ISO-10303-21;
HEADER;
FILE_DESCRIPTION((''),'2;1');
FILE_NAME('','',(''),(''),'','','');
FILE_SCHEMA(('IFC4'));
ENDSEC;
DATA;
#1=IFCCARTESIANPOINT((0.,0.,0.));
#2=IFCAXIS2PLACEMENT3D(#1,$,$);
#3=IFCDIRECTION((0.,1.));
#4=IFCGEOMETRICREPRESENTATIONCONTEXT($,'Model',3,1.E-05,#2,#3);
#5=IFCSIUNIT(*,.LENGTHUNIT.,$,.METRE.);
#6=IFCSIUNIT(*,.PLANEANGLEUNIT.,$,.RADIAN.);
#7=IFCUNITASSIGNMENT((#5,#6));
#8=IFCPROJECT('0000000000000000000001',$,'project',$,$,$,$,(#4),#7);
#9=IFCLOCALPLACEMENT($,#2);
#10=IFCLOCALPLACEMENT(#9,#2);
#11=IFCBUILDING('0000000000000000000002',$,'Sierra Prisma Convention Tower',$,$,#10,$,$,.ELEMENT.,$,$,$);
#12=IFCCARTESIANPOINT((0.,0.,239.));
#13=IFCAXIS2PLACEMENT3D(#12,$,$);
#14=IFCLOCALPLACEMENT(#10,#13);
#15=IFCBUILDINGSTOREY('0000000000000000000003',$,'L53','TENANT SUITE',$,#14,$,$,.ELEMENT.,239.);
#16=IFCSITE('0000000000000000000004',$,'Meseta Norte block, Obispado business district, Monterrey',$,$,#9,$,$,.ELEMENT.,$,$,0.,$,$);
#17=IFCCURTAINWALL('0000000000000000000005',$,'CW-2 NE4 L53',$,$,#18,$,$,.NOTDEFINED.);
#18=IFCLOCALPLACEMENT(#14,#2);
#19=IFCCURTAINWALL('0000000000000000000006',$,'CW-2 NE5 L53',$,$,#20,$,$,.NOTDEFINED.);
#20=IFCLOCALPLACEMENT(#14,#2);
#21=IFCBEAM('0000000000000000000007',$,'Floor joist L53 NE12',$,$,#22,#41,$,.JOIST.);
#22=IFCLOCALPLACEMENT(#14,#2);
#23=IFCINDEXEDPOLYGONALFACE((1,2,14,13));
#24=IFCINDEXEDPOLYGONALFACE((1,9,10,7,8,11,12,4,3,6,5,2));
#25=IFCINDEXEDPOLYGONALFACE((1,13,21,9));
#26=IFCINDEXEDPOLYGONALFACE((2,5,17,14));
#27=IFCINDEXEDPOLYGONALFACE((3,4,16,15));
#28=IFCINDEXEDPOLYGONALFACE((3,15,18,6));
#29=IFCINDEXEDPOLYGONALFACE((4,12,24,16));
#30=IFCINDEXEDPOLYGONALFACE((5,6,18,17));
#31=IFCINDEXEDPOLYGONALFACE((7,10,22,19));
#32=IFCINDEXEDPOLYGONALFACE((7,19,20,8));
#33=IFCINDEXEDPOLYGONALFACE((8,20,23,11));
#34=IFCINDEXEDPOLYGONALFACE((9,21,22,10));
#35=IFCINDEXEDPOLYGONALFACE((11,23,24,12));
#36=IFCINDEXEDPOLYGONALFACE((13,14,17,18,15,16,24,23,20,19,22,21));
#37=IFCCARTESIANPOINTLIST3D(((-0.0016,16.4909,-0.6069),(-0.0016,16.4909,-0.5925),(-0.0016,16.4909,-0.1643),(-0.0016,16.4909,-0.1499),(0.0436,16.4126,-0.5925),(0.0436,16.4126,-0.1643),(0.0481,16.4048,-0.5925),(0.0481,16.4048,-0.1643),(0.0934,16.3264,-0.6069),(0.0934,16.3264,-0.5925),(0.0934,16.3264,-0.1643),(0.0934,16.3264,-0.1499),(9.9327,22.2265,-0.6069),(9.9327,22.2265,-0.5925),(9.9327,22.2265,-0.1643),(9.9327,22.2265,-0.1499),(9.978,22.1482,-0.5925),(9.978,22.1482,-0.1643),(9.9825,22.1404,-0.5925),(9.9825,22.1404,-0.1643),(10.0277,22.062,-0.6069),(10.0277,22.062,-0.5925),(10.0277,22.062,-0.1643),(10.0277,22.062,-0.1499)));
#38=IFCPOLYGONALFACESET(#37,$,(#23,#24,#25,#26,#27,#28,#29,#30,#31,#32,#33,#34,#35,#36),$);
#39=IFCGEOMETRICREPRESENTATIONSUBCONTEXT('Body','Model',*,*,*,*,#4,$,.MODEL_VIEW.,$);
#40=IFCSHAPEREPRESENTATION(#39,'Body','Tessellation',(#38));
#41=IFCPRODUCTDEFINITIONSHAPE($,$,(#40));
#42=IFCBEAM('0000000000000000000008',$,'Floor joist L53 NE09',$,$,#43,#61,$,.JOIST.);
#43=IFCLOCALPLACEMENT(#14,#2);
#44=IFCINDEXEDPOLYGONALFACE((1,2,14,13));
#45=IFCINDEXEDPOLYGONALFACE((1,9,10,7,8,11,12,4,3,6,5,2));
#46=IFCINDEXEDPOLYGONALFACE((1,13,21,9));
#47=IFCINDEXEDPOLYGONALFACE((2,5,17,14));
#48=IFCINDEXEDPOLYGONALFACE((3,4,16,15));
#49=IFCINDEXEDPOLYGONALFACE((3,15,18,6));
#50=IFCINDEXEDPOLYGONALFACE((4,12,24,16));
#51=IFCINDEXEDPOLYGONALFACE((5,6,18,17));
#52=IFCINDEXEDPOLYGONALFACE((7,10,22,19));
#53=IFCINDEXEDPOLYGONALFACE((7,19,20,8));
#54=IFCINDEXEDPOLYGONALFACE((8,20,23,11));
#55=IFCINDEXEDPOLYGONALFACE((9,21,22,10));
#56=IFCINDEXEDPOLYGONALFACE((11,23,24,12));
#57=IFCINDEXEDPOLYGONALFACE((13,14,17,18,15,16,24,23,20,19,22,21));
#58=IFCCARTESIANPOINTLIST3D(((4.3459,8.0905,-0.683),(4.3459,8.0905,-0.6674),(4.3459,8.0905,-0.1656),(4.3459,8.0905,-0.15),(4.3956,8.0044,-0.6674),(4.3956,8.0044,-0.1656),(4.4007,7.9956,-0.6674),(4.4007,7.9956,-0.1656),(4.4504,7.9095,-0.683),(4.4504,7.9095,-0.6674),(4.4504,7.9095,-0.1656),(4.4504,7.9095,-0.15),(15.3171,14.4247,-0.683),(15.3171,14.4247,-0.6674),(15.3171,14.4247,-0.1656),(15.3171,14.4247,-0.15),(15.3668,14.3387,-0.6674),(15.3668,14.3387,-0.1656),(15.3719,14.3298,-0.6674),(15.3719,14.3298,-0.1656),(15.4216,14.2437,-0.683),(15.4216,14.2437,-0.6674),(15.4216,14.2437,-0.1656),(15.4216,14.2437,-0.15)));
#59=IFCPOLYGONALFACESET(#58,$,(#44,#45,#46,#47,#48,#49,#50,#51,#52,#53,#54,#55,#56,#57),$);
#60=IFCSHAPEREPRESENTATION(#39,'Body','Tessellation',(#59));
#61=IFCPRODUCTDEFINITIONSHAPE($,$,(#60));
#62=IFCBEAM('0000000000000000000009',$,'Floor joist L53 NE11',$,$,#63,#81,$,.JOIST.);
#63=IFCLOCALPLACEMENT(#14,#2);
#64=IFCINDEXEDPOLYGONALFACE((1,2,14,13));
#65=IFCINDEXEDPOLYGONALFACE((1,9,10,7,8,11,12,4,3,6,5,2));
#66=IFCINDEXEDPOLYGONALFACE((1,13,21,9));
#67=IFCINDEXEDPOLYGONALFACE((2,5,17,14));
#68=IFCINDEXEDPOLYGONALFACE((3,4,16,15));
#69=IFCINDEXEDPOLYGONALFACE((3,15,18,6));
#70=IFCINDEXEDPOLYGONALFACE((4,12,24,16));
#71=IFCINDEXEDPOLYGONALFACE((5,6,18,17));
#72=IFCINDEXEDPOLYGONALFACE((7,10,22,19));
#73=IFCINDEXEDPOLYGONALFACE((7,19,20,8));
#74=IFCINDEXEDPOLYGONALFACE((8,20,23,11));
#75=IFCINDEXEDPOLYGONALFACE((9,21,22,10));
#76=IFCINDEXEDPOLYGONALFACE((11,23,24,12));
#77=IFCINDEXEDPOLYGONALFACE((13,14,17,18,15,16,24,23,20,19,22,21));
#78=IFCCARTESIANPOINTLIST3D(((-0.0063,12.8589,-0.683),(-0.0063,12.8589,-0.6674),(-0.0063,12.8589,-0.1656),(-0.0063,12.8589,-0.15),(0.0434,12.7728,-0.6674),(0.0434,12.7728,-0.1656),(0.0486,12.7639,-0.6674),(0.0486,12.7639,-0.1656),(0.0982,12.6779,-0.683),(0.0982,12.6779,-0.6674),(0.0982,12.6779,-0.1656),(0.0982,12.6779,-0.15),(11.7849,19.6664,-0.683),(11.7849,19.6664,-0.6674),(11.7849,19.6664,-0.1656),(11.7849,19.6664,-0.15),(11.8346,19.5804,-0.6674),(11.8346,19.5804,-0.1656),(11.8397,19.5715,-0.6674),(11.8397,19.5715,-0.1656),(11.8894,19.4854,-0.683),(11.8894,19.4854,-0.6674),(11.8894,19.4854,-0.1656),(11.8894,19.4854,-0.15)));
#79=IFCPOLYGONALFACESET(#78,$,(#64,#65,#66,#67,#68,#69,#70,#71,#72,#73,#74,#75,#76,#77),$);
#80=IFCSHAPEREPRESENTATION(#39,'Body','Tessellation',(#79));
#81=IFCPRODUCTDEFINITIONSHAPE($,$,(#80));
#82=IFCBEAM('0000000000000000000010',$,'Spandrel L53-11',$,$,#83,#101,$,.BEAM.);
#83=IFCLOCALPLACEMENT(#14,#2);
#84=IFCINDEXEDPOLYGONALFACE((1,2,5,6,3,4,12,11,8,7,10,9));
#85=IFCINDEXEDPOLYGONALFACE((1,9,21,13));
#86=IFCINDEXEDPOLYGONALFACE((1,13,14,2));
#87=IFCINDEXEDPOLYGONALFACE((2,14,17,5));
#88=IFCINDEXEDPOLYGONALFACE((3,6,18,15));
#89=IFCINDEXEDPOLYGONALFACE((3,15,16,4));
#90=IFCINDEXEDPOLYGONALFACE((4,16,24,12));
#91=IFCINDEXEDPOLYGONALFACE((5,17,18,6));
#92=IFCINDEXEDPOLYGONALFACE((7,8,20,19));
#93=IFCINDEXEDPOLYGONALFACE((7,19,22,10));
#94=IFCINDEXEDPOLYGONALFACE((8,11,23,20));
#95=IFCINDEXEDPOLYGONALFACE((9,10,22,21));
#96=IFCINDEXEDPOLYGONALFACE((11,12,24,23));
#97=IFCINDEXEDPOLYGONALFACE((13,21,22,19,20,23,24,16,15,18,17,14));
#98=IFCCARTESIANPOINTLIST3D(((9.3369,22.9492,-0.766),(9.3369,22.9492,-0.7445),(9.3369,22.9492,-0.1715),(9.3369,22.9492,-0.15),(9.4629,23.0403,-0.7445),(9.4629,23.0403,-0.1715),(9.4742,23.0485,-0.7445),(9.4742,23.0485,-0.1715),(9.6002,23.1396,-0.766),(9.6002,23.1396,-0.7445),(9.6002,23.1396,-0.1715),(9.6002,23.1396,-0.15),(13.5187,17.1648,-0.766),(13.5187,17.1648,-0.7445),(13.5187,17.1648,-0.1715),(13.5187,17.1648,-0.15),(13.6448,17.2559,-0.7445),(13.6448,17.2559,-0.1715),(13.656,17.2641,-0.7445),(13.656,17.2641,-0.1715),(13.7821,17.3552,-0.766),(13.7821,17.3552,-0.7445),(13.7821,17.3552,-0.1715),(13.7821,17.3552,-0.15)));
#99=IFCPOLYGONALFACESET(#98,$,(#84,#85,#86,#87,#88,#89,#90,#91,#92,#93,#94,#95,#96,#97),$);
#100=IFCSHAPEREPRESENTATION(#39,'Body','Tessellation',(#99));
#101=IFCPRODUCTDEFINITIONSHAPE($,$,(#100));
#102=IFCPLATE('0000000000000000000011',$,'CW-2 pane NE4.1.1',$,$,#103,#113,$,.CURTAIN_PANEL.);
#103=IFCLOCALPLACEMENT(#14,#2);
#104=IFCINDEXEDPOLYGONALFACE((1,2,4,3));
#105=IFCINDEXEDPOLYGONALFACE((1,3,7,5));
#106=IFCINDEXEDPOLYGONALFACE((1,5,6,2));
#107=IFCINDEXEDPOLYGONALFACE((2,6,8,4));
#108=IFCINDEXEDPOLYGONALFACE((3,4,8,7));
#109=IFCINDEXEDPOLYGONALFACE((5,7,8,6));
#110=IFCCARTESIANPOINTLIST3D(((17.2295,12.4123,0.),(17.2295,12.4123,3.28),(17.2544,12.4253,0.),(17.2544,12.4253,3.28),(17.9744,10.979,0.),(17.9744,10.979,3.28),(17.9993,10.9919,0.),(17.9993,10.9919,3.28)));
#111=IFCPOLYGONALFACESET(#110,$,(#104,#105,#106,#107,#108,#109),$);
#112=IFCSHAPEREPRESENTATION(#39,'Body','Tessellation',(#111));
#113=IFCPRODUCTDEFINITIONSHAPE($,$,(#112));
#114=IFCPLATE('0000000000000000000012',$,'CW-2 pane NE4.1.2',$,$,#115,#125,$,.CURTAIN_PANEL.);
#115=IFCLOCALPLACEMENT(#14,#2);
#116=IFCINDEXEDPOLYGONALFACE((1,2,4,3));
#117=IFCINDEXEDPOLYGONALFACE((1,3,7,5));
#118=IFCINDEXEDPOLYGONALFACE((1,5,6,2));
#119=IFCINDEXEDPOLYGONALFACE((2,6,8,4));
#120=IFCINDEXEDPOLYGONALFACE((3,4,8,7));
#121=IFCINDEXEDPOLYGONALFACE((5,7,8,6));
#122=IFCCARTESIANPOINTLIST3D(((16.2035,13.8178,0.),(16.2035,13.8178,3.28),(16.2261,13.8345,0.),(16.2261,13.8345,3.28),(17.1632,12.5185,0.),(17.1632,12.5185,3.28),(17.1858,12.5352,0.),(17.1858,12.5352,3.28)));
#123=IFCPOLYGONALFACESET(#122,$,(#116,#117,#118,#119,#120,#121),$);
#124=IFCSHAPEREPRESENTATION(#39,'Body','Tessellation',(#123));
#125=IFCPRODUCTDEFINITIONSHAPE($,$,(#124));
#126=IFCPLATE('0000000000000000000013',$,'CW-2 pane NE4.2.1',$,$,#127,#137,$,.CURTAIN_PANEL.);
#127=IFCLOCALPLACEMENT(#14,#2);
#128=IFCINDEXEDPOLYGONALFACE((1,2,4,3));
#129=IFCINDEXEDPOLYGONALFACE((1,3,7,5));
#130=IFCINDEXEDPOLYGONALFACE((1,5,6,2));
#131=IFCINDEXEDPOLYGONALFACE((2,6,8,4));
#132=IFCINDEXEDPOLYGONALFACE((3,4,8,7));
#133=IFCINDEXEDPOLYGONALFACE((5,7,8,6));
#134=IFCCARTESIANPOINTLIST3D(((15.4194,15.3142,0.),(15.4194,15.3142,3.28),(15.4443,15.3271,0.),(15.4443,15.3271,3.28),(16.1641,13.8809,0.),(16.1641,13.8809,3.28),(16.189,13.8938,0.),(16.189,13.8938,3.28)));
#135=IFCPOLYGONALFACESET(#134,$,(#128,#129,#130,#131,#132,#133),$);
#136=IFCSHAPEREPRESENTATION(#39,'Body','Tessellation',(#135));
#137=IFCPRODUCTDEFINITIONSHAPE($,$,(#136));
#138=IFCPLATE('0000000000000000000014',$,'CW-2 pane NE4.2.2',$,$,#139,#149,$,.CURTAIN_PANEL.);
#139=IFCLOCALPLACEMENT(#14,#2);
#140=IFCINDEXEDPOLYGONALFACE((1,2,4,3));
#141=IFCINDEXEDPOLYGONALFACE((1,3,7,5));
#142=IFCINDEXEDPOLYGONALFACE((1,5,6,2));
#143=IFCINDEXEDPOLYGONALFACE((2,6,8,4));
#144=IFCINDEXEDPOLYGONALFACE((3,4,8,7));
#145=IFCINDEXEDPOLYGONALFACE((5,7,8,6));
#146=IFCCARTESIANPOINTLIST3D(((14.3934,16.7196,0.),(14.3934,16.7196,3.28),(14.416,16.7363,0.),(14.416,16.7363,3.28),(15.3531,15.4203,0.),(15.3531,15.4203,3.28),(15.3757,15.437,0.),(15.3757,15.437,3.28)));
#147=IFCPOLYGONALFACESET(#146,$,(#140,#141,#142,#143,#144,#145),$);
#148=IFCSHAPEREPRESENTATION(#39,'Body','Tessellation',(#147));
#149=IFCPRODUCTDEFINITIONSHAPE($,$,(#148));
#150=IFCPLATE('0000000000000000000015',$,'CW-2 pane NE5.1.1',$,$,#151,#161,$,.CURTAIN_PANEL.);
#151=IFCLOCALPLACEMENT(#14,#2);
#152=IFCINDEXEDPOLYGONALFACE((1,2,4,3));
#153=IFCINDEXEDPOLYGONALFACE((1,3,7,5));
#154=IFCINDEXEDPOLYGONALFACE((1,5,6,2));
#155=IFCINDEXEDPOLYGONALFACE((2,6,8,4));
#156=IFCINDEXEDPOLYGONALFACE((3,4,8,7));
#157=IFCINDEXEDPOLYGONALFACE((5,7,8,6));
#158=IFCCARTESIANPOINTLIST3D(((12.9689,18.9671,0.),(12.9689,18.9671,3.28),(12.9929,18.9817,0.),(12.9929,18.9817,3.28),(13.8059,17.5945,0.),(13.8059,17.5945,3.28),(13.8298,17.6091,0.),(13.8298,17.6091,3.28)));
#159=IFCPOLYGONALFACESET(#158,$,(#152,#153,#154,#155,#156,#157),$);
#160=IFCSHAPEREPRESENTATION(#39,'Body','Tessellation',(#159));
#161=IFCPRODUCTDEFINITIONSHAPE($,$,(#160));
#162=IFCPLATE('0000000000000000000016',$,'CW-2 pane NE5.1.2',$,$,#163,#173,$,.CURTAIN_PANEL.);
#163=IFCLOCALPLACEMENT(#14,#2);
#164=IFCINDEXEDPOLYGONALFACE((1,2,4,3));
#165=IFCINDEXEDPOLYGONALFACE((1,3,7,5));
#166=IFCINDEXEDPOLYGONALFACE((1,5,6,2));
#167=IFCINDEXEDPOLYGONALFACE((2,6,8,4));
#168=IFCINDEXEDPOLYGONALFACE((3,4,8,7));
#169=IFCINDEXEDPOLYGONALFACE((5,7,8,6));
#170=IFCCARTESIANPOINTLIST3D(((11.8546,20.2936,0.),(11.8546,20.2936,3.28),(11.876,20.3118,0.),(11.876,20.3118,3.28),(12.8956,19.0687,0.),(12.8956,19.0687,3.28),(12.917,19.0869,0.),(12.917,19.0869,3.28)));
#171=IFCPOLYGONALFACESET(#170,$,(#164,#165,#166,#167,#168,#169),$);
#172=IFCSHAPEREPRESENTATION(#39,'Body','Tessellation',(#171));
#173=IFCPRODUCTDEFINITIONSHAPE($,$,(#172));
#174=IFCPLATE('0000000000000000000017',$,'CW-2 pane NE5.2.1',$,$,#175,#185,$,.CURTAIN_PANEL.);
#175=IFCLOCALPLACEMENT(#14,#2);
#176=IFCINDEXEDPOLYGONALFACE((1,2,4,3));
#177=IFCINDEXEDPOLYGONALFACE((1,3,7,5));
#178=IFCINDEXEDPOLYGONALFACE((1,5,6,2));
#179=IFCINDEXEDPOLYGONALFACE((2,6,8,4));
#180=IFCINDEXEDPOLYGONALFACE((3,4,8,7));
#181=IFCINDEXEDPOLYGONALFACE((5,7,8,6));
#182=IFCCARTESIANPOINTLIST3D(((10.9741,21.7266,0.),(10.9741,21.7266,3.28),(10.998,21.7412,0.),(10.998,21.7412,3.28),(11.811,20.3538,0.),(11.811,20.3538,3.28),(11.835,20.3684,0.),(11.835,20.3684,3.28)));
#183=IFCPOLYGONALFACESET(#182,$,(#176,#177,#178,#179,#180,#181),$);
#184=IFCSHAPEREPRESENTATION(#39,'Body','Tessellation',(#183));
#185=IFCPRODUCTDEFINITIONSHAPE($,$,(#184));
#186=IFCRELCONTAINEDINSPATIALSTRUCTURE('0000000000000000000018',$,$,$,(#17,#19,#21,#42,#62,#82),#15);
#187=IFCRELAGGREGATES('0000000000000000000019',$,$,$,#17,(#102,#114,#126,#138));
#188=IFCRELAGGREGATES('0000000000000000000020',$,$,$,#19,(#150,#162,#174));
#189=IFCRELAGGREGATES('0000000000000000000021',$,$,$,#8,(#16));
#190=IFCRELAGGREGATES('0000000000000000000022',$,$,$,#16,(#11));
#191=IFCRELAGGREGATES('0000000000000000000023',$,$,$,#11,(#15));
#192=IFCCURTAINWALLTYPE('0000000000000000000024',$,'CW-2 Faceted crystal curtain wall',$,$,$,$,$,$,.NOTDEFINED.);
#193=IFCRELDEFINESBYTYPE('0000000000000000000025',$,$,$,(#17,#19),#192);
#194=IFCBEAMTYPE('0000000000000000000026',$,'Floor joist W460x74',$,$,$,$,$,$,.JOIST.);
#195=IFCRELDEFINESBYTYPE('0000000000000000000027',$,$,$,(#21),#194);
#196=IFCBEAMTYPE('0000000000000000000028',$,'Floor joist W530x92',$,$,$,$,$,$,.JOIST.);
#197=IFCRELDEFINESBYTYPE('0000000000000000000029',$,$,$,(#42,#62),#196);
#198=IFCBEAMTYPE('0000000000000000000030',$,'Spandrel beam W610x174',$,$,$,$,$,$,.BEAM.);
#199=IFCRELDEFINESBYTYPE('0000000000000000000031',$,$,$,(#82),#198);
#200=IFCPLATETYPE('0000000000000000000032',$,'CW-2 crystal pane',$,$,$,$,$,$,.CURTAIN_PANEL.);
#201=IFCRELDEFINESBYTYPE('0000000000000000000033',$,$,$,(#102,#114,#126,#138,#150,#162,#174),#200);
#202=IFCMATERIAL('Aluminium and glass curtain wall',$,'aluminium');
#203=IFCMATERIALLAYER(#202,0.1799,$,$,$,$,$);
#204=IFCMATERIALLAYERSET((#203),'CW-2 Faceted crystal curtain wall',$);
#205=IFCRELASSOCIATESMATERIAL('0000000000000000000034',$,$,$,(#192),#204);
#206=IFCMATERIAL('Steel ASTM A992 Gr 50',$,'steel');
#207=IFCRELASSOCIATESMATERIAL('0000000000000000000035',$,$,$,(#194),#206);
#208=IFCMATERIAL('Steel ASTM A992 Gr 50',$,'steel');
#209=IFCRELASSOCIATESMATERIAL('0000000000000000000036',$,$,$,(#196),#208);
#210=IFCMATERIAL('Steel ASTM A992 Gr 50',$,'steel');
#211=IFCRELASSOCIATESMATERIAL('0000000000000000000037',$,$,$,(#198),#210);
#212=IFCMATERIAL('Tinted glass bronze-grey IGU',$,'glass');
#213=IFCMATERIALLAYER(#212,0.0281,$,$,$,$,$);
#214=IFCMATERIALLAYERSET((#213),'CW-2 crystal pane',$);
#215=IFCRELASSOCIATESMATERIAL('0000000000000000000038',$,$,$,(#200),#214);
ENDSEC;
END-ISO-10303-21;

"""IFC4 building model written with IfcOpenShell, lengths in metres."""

from ifc_helpers import new_model, si_unit, direction, frame, origin, origin_2d, place, context, subcontext, project, spatial, polyline, i_section, outline, extrude, material, layer, layer_set, material_profile, profile_set, type_object, element, aggregate, save


model = new_model("IFC4")

# Units and contexts
model_context = context("Model", 3, precision=1e-05, world=origin(), true_north=direction((0.0, 1.0)))
body_context = subcontext(model_context, "Body", "Model", "MODEL_VIEW")
ifc_project = project(units=[si_unit("LENGTHUNIT", "METRE"), si_unit("PLANEANGLEUNIT", "RADIAN")], contexts=[model_context])

# Site, building, storey
site_placement = place(None, origin())
site = spatial("IfcSite", under=ifc_project, at=site_placement, Name="Meseta Norte block, Obispado business district, Monterrey", CompositionType="ELEMENT", RefElevation=0.0)
building_placement = place(site_placement, origin())
building = spatial("IfcBuilding", under=site, at=building_placement, Name="Sierra Prisma Convention Tower", CompositionType="ELEMENT")
storey_placement = place(building_placement, frame((0.0, 0.0, 239.0)))
storey = spatial("IfcBuildingStorey", under=building, at=storey_placement, Name="L53", Description="TENANT SUITE", CompositionType="ELEMENT", Elevation=239.0)

# Curtain walls
ifc_material_1 = material(Name="Aluminium and glass curtain wall", Category="aluminium")
ifc_layer_1 = layer(ifc_material_1, 0.1799)
ifc_layer_set_1 = layer_set([ifc_layer_1], Name="CW-2 Faceted crystal curtain wall")
curtain_wall_type = type_object("IfcCurtainWallType", Name="CW-2 Faceted crystal curtain wall", PredefinedType="NOTDEFINED", material=ifc_layer_set_1)
curtain_wall_1_placement = place(storey_placement, origin())
curtain_wall_1 = element("IfcCurtainWall", 1, at=curtain_wall_1_placement, inside=storey, type_object=curtain_wall_type, Name="CW-2 NE4 L53", PredefinedType="NOTDEFINED")
curtain_wall_2_placement = place(storey_placement, origin())
curtain_wall_2 = element("IfcCurtainWall", 2, at=curtain_wall_2_placement, inside=storey, type_object=curtain_wall_type, Name="CW-2 NE5 L53", PredefinedType="NOTDEFINED")

# Beams
ifc_material_2 = material(Name="Steel ASTM A992 Gr 50", Category="steel")
ifc_material_profile_1 = material_profile(ifc_material_2, i_section(OverallWidth=0.1899, OverallDepth=0.457, WebThickness=0.009, FlangeThickness=0.0144, at=origin_2d()), Name="W460x74")
ifc_profile_set_1 = profile_set([ifc_material_profile_1], Name="Steel ASTM A992 Gr 50")
beam_type_1 = type_object("IfcBeamType", Name="Floor joist W460x74", PredefinedType="JOIST", material=ifc_profile_set_1)
beam_1_placement = place(storey_placement, frame((9.9802, 22.1443, -0.3784), z_axis=(-0.866025, -0.500001, 0.0), x_axis=(0.500001, -0.866025, 0.0)))
element("IfcBeam", 3, at=beam_1_placement, inside=storey, type_object=beam_type_1, Name="Floor joist L53 NE12", PredefinedType="JOIST", context=body_context, shape_type="SweptSolid", body=[
    extrude(i_section(OverallWidth=0.1899, OverallDepth=0.457, WebThickness=0.009, FlangeThickness=0.0144, at=origin_2d()), origin(), (0.0, 0.0, 1.0), 11.4712),
])
ifc_material_3 = material(Name="Steel ASTM A992 Gr 50", Category="steel")
ifc_material_profile_2 = material_profile(ifc_material_3, i_section(OverallWidth=0.209, OverallDepth=0.533, WebThickness=0.0103, FlangeThickness=0.0156, at=origin_2d()), Name="W530x92")
ifc_profile_set_2 = profile_set([ifc_material_profile_2], Name="Steel ASTM A992 Gr 50")
beam_type_2 = type_object("IfcBeamType", Name="Floor joist W530x92", PredefinedType="JOIST", material=ifc_profile_set_2)
beam_2_placement = place(storey_placement, frame((15.3694, 14.3342, -0.4165), z_axis=(-0.866025, -0.5, 0.0), x_axis=(0.5, -0.866025, 0.0)))
element("IfcBeam", 4, at=beam_2_placement, inside=storey, type_object=beam_type_2, Name="Floor joist L53 NE09", PredefinedType="JOIST", context=body_context, shape_type="SweptSolid", body=[
    extrude(i_section(OverallWidth=0.209, OverallDepth=0.533, WebThickness=0.0103, FlangeThickness=0.0156, at=origin_2d()), origin(), (0.0, 0.0, 1.0), 12.6685),
])
beam_3_placement = place(storey_placement, frame((11.8372, 19.5759, -0.4165), z_axis=(-0.866028, -0.499996, 0.0), x_axis=(0.499996, -0.866028, 0.0)))
element("IfcBeam", 5, at=beam_3_placement, inside=storey, type_object=beam_type_2, Name="Floor joist L53 NE11", PredefinedType="JOIST", context=body_context, shape_type="SweptSolid", body=[
    extrude(i_section(OverallWidth=0.209, OverallDepth=0.533, WebThickness=0.0103, FlangeThickness=0.0156, at=origin_2d()), origin(), (0.0, 0.0, 1.0), 13.6152),
])
ifc_material_4 = material(Name="Steel ASTM A992 Gr 50", Category="steel")
ifc_material_profile_3 = material_profile(ifc_material_4, i_section(OverallWidth=0.325, OverallDepth=0.616, WebThickness=0.0139, FlangeThickness=0.0215, at=origin_2d()), Name="W610x174")
ifc_profile_set_3 = profile_set([ifc_material_profile_3], Name="Steel ASTM A992 Gr 50")
beam_type_3 = type_object("IfcBeamType", Name="Spandrel beam W610x174", PredefinedType="BEAM", material=ifc_profile_set_3)
beam_4_placement = place(storey_placement, frame((13.6504, 17.26, -0.458), z_axis=(-0.585881, 0.810397, 0.0), x_axis=(-0.810397, -0.585881, 0.0)))
element("IfcBeam", 6, at=beam_4_placement, inside=storey, type_object=beam_type_3, Name="Spandrel L53-11", PredefinedType="BEAM", context=body_context, shape_type="SweptSolid", body=[
    extrude(i_section(OverallWidth=0.325, OverallDepth=0.616, WebThickness=0.0139, FlangeThickness=0.0215, at=origin_2d()), origin(), (0.0, 0.0, 1.0), 7.1377),
])

# Plates
ifc_material_5 = material(Name="Tinted glass bronze-grey IGU", Category="glass")
ifc_layer_2 = layer(ifc_material_5, 0.0281)
ifc_layer_set_2 = layer_set([ifc_layer_2], Name="CW-2 crystal pane")
plate_type = type_object("IfcPlateType", Name="CW-2 crystal pane", PredefinedType="CURTAIN_PANEL", material=ifc_layer_set_2)
plate_1_placement = place(storey_placement, frame((17.9993, 10.9919, 0.0), z_axis=(0.887336, 0.461124, 0.0), x_axis=(-0.461124, 0.887336, 0.0)))
plate_1 = element("IfcPlate", 7, at=plate_1_placement, type_object=plate_type, Name="CW-2 pane NE4.1.1", PredefinedType="CURTAIN_PANEL", context=body_context, shape_type="SweptSolid", body=[
    extrude(outline(polyline([(0.0, 0.0), (1.6153, 0.0), (1.6153, 3.28), (0.0, 3.28), (0.0, 0.0)])), origin(), (0.0, 0.0, -1.0), 0.0281),
])
plate_2_placement = place(storey_placement, frame((16.2261, 13.8345, 0.0), z_axis=(0.804368, 0.594132, 0.0), x_axis=(0.594132, -0.804368, 0.0)))
plate_2 = element("IfcPlate", 8, at=plate_2_placement, type_object=plate_type, Name="CW-2 pane NE4.1.2", PredefinedType="CURTAIN_PANEL", context=body_context, shape_type="SweptSolid", body=[
    extrude(outline(polyline([(0.0, 0.0), (1.6153, 0.0), (1.6153, -3.28), (0.0, -3.28), (0.0, 0.0)])), origin(), (0.0, 0.0, -1.0), 0.0281),
])
plate_3_placement = place(storey_placement, frame((16.189, 13.8938, 0.0), z_axis=(0.887397, 0.461005, 0.0), x_axis=(-0.461005, 0.887397, 0.0)))
plate_3 = element("IfcPlate", 9, at=plate_3_placement, type_object=plate_type, Name="CW-2 pane NE4.2.1", PredefinedType="CURTAIN_PANEL", context=body_context, shape_type="SweptSolid", body=[
    extrude(outline(polyline([(0.0, 0.0), (1.6152, 0.0), (1.6152, 3.28), (0.0, 3.28), (0.0, 0.0)])), origin(), (0.0, 0.0, -1.0), 0.0281),
])
plate_4_placement = place(storey_placement, frame((14.416, 16.7363, 0.0), z_axis=(0.804368, 0.594132, 0.0), x_axis=(0.594132, -0.804368, 0.0)))
plate_4 = element("IfcPlate", 10, at=plate_4_placement, type_object=plate_type, Name="CW-2 pane NE4.2.2", PredefinedType="CURTAIN_PANEL", context=body_context, shape_type="SweptSolid", body=[
    extrude(outline(polyline([(0.0, 0.0), (1.6153, 0.0), (1.6153, -3.28), (0.0, -3.28), (0.0, 0.0)])), origin(), (0.0, 0.0, -1.0), 0.0281),
])
aggregate(curtain_wall_1, [plate_1, plate_2, plate_3, plate_4])
plate_5_placement = place(storey_placement, frame((13.8298, 17.6091, 0.0), z_axis=(0.853799, 0.520602, 0.0), x_axis=(-0.520602, 0.853799, 0.0)))
plate_5 = element("IfcPlate", 11, at=plate_5_placement, type_object=plate_type, Name="CW-2 pane NE5.1.1", PredefinedType="CURTAIN_PANEL", context=body_context, shape_type="SweptSolid", body=[
    extrude(outline(polyline([(0.0, 0.0), (1.6076, 0.0), (1.6076, 3.28), (0.0, 3.28), (0.0, 0.0)])), origin(), (0.0, 0.0, -1.0), 0.0281),
])
plate_6_placement = place(storey_placement, frame((11.876, 20.3118, 0.0), z_axis=(0.761973, 0.647609, 0.0), x_axis=(0.647609, -0.761973, 0.0)))
plate_6 = element("IfcPlate", 12, at=plate_6_placement, type_object=plate_type, Name="CW-2 pane NE5.1.2", PredefinedType="CURTAIN_PANEL", context=body_context, shape_type="SweptSolid", body=[
    extrude(outline(polyline([(0.0, 0.0), (1.6075, 0.0), (1.6075, -3.28), (0.0, -3.28), (0.0, 0.0)])), origin(), (0.0, 0.0, -1.0), 0.0281),
])
plate_7_placement = place(storey_placement, frame((11.835, 20.3684, 0.0), z_axis=(0.853841, 0.520535, 0.0), x_axis=(-0.520535, 0.853841, 0.0)))
plate_7 = element("IfcPlate", 13, at=plate_7_placement, type_object=plate_type, Name="CW-2 pane NE5.2.1", PredefinedType="CURTAIN_PANEL", context=body_context, shape_type="SweptSolid", body=[
    extrude(outline(polyline([(0.0, 0.0), (1.6078, 0.0), (1.6078, 3.28), (0.0, 3.28), (0.0, 0.0)])), origin(), (0.0, 0.0, -1.0), 0.0281),
])
aggregate(curtain_wall_2, [plate_5, plate_6, plate_7])

save(model, "model.ifc")
